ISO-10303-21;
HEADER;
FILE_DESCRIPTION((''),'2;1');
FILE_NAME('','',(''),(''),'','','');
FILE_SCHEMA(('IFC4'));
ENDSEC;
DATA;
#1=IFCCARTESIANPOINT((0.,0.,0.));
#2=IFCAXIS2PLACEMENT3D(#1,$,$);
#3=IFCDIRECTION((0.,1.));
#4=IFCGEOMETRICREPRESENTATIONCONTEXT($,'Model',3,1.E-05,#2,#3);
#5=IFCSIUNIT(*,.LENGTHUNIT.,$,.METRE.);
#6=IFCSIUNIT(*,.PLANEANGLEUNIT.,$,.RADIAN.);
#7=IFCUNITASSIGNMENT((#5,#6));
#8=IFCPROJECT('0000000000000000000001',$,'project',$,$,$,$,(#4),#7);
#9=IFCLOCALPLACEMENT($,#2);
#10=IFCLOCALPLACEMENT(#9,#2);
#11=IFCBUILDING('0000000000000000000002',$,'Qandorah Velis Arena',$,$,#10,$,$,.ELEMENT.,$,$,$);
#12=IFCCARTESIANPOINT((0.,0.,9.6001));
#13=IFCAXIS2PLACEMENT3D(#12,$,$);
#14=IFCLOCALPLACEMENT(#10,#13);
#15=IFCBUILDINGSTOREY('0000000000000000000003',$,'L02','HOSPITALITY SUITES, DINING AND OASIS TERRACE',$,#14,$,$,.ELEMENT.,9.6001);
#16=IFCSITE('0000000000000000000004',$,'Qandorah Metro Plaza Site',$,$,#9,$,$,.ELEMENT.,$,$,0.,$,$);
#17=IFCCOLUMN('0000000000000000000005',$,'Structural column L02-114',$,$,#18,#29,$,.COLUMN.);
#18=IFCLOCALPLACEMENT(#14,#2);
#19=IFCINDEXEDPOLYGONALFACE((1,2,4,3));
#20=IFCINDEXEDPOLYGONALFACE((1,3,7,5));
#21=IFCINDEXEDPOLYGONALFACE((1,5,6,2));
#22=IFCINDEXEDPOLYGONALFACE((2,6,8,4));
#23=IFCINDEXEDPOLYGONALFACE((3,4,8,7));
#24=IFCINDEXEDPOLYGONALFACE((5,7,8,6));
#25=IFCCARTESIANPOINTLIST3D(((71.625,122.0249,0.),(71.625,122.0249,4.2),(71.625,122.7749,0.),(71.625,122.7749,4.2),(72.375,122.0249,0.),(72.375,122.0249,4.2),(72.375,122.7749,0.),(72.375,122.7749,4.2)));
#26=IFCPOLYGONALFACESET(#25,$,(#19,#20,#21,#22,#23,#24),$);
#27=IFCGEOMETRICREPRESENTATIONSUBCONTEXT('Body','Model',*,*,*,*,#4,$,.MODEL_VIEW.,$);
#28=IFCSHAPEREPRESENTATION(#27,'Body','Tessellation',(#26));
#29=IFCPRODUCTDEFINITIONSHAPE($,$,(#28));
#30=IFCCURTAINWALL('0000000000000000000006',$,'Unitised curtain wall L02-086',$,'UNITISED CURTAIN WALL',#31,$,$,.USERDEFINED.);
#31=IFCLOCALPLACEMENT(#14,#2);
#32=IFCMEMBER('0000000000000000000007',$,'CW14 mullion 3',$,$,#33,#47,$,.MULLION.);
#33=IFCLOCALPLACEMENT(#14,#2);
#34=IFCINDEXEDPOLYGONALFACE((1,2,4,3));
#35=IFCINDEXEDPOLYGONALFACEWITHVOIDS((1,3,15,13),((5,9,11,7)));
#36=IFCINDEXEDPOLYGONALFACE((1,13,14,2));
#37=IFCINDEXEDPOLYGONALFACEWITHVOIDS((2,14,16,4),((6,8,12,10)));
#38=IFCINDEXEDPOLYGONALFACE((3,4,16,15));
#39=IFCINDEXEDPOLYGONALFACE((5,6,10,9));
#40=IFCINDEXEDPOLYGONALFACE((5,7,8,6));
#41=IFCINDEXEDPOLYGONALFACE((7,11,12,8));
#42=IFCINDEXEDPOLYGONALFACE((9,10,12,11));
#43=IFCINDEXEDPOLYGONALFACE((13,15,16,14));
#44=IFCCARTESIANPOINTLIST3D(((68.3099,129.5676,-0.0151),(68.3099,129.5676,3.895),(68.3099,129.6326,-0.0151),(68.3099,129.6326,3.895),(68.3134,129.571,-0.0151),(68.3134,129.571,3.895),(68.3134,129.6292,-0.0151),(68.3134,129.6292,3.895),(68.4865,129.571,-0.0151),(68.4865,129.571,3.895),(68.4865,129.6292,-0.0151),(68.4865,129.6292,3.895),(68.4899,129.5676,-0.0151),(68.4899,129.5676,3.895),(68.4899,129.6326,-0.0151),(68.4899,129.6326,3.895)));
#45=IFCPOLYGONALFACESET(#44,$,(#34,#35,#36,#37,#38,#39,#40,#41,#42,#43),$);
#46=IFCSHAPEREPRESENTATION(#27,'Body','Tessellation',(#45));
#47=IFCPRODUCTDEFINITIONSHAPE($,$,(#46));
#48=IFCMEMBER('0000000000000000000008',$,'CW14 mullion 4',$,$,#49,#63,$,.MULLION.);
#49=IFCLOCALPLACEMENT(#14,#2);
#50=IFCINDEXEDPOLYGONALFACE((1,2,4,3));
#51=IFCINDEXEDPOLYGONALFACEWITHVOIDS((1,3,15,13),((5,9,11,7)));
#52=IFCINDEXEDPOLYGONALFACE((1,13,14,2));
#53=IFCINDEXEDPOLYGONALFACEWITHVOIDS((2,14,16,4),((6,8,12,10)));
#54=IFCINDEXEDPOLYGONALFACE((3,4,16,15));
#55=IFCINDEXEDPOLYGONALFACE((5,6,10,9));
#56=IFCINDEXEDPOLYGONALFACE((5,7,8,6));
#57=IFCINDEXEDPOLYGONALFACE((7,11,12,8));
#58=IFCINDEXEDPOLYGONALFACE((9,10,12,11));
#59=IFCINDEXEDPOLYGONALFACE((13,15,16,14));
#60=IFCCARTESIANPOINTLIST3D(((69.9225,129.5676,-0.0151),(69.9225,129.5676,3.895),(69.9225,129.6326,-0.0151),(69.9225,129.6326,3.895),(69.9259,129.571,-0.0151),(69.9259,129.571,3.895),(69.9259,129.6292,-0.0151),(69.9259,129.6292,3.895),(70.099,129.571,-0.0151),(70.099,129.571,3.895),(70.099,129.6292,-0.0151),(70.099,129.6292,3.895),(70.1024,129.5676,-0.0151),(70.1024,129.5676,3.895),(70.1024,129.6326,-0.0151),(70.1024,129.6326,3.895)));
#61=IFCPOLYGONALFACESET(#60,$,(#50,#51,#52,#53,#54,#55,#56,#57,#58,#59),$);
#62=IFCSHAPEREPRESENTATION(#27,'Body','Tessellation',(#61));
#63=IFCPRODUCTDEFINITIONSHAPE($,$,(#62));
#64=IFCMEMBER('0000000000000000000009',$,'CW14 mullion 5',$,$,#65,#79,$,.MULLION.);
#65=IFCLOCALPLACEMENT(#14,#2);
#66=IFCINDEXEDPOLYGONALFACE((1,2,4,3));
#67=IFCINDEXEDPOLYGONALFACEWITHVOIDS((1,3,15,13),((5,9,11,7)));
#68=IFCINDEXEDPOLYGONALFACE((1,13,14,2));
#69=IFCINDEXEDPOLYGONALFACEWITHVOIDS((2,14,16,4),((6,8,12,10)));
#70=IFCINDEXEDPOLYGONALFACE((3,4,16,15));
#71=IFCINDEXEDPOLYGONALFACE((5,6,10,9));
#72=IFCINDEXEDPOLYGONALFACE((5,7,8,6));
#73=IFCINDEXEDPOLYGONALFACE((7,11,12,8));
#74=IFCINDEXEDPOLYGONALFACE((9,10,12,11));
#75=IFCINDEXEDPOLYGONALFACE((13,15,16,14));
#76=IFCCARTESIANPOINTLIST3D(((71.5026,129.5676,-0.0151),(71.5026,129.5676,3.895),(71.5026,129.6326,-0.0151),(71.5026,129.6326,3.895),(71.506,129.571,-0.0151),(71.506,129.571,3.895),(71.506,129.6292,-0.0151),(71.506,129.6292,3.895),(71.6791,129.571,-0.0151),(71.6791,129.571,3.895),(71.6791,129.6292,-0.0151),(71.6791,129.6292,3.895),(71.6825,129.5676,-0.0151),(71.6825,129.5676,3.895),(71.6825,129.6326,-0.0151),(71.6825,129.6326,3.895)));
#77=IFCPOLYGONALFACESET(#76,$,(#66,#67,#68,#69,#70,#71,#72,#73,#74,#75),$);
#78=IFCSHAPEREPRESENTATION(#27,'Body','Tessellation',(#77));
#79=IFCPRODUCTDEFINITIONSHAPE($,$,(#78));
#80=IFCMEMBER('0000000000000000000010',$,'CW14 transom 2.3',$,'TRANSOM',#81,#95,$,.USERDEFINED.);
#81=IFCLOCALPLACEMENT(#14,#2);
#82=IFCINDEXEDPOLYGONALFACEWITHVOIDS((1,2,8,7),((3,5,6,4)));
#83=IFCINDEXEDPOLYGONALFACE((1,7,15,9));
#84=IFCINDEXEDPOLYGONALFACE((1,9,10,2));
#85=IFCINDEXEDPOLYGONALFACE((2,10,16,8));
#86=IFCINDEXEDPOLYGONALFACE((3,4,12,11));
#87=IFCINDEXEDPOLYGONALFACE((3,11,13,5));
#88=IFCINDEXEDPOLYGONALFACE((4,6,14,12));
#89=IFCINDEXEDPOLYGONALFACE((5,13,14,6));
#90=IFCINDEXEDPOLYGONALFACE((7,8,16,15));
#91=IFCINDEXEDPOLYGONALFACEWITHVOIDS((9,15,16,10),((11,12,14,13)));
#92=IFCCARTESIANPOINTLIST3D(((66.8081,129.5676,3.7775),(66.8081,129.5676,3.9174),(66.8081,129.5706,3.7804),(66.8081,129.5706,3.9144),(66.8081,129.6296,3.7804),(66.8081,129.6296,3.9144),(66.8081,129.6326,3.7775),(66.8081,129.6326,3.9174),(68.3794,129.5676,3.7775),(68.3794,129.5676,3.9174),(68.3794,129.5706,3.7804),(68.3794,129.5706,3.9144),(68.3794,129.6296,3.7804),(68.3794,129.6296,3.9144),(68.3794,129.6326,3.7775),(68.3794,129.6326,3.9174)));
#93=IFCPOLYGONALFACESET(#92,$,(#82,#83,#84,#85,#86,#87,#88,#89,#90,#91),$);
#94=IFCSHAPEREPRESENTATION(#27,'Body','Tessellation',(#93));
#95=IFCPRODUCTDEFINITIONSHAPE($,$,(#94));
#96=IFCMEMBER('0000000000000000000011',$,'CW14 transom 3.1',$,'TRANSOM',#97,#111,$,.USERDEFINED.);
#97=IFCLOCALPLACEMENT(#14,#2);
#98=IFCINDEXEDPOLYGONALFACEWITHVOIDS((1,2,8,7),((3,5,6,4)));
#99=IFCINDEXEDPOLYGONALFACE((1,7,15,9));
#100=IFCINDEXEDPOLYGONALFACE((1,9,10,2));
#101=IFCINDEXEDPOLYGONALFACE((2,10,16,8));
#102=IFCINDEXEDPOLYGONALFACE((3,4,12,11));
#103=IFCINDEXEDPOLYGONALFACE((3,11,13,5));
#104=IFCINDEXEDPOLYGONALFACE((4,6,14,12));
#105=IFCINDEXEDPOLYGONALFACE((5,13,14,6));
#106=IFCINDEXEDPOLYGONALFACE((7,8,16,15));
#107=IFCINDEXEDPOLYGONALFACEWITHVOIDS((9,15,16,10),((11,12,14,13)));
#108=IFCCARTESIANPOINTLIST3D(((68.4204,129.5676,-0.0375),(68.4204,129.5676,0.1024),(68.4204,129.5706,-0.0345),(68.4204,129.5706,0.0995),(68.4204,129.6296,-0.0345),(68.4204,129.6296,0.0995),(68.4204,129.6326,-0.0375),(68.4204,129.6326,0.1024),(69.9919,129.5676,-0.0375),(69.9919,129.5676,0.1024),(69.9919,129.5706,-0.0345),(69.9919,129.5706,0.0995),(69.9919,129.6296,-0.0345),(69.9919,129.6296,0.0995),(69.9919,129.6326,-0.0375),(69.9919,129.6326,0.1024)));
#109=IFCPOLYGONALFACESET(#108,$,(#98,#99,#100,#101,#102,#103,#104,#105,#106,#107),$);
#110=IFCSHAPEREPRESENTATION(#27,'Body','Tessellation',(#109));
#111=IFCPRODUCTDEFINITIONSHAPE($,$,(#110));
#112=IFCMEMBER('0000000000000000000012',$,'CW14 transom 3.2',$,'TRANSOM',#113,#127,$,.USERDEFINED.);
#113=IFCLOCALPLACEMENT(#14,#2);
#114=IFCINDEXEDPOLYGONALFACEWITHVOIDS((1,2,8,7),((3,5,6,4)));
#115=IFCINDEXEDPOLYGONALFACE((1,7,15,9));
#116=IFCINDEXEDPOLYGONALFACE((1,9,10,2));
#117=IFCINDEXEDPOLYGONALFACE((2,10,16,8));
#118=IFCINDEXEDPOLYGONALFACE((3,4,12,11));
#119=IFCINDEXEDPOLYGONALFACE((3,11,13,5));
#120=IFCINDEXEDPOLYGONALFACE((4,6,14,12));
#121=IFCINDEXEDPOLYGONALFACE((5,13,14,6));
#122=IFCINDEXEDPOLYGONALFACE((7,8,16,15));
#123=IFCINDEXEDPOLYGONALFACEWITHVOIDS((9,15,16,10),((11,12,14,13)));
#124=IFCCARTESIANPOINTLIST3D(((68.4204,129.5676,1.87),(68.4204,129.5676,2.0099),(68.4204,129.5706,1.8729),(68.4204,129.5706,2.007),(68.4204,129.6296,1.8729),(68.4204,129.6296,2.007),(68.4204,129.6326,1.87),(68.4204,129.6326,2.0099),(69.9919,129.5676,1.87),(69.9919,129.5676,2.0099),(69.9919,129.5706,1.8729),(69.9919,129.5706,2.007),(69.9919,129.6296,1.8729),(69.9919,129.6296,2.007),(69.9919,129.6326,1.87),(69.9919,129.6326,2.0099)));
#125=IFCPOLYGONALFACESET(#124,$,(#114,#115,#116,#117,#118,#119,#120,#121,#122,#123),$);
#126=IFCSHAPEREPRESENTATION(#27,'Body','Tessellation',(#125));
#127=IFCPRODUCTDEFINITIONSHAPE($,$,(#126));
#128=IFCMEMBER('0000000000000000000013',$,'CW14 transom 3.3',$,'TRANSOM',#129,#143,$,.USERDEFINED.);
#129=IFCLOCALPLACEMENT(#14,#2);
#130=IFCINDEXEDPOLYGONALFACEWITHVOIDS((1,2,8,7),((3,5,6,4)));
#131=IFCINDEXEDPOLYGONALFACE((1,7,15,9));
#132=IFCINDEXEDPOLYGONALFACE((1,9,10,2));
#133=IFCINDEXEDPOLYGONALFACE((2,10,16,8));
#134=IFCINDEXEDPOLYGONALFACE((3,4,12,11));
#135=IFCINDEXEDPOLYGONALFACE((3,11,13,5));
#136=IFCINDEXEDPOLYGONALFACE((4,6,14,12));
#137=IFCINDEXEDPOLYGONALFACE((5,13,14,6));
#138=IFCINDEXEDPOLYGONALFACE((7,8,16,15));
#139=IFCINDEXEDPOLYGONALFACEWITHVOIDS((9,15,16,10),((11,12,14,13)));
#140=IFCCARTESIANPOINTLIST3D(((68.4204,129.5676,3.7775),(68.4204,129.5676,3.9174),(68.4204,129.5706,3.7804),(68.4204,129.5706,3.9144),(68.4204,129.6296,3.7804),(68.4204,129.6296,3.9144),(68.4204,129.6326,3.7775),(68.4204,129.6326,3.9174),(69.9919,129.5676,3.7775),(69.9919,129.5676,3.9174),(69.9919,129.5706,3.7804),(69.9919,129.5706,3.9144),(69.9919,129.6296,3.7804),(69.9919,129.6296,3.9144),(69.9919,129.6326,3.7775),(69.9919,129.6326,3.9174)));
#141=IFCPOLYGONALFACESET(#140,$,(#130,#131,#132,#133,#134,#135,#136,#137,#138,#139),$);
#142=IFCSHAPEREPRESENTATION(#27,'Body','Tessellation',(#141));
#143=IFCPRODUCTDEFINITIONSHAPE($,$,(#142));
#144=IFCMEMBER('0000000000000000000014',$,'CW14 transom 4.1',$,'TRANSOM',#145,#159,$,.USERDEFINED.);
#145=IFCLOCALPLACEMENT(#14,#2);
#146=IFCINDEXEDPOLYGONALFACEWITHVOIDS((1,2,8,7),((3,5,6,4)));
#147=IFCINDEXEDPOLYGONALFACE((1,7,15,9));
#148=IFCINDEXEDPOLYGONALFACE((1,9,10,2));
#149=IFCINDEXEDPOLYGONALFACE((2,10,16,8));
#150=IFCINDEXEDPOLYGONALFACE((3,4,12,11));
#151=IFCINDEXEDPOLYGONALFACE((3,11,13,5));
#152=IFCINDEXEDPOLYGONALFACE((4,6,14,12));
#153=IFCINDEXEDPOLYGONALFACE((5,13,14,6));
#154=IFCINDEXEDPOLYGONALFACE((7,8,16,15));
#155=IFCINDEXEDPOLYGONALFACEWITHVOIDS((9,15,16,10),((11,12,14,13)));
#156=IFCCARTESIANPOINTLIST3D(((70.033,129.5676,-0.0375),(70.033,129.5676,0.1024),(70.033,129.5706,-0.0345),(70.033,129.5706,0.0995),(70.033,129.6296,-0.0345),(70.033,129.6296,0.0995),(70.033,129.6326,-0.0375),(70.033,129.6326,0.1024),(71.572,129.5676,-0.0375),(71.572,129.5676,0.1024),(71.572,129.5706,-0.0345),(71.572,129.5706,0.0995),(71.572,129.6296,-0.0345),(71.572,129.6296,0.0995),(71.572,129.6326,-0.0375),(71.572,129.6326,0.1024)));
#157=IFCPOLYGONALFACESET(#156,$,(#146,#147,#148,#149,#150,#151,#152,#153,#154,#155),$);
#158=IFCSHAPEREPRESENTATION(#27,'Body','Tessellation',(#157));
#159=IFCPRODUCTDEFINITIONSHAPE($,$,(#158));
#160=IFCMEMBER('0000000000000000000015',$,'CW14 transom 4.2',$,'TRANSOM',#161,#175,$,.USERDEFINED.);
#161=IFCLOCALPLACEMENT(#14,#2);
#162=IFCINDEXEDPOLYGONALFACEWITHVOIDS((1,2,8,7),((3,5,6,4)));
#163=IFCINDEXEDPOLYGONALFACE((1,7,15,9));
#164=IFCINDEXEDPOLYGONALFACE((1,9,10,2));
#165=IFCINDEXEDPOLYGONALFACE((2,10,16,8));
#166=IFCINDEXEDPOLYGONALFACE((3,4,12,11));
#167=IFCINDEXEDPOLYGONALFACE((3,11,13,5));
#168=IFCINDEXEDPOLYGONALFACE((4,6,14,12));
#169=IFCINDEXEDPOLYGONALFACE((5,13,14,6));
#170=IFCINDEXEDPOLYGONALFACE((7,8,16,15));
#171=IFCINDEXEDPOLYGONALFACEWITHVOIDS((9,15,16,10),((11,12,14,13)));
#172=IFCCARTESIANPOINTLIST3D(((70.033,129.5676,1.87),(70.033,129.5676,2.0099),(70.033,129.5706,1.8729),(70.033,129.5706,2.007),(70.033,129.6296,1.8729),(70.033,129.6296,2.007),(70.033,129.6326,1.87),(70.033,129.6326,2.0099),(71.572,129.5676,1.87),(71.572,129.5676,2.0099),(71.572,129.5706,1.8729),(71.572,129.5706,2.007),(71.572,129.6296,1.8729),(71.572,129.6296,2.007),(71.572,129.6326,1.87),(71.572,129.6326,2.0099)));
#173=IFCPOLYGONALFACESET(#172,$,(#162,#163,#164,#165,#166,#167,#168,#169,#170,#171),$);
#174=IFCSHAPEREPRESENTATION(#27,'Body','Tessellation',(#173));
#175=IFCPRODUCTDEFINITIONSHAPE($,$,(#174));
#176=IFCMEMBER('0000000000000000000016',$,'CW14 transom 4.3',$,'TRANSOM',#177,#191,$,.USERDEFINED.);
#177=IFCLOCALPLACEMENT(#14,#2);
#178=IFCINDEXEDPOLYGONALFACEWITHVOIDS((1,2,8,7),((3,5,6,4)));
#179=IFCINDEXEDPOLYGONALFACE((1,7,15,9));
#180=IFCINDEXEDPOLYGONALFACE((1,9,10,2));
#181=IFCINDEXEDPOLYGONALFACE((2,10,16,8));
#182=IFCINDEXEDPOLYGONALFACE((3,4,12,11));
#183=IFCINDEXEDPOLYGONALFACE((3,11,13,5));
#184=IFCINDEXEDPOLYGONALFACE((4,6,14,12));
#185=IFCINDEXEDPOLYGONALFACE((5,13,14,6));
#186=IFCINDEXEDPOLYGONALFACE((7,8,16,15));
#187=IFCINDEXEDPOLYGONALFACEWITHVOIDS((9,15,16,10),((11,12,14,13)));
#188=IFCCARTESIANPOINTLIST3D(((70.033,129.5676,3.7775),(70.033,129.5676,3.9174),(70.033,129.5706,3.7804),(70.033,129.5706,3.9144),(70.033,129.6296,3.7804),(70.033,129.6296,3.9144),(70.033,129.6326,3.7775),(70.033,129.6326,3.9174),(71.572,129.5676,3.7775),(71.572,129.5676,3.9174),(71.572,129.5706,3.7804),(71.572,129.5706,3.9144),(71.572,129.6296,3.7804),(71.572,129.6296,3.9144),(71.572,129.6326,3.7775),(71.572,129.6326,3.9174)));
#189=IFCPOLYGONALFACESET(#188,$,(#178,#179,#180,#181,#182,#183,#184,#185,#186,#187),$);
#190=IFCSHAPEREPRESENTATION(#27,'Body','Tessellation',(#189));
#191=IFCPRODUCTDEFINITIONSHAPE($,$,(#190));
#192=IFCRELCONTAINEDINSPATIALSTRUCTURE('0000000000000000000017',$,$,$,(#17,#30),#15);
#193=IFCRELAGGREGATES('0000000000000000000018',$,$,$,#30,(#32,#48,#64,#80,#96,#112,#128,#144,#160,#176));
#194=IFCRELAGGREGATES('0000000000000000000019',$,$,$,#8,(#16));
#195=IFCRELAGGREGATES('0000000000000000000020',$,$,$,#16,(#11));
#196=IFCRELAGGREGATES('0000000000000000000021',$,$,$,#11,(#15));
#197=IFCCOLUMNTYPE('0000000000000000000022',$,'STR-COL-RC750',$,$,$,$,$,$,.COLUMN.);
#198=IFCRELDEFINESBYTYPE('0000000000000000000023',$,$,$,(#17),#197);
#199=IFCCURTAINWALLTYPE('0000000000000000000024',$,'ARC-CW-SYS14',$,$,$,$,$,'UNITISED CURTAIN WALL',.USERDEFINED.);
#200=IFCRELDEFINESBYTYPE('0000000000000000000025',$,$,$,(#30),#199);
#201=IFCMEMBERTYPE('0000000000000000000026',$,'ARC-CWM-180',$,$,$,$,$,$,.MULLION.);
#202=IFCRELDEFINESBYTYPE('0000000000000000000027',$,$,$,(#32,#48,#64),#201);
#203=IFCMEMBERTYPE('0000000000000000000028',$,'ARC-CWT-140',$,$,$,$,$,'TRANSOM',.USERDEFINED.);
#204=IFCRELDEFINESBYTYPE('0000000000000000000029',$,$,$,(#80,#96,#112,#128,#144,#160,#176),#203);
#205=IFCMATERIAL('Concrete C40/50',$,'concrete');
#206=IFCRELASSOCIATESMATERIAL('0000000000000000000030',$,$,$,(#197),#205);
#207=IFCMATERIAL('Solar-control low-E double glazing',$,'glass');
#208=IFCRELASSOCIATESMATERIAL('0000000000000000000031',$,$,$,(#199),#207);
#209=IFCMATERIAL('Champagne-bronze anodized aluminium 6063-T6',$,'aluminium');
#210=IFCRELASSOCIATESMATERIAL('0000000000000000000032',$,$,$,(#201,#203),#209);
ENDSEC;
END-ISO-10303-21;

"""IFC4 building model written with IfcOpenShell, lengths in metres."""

from ifc_helpers import new_model, si_unit, direction, frame, origin, origin_2d, place, context, subcontext, project, spatial, rectangle, hollow_rectangle, extrude, material, material_profile, profile_set, type_object, element, aggregate, save


model = new_model("IFC4")

# Units and contexts
model_context = context("Model", 3, precision=1e-05, world=origin(), true_north=direction((0.0, 1.0)))
body_context = subcontext(model_context, "Body", "Model", "MODEL_VIEW")
ifc_project = project(units=[si_unit("LENGTHUNIT", "METRE"), si_unit("PLANEANGLEUNIT", "RADIAN")], contexts=[model_context])

# Site, building, storey
site_placement = place(None, origin())
site = spatial("IfcSite", under=ifc_project, at=site_placement, Name="Qandorah Metro Plaza Site", CompositionType="ELEMENT", RefElevation=0.0)
building_placement = place(site_placement, origin())
building = spatial("IfcBuilding", under=site, at=building_placement, Name="Qandorah Velis Arena", CompositionType="ELEMENT")
storey_placement = place(building_placement, frame((0.0, 0.0, 9.6001)))
storey = spatial("IfcBuildingStorey", under=building, at=storey_placement, Name="L02", Description="HOSPITALITY SUITES, DINING AND OASIS TERRACE", CompositionType="ELEMENT", Elevation=9.6001)

# Column
ifc_material_1 = material(Name="Concrete C40/50", Category="concrete")
ifc_material_profile_1 = material_profile(ifc_material_1, rectangle(XDim=0.75, YDim=0.75, at=origin_2d()), Name="RC COL 750x750")
ifc_profile_set_1 = profile_set([ifc_material_profile_1], Name="Concrete C40/50")
column_type = type_object("IfcColumnType", Name="STR-COL-RC750", PredefinedType="COLUMN", material=ifc_profile_set_1)
column_placement = place(storey_placement, frame((72.0, 122.3999, 0.0), z_axis=(0.0, 0.0, 1.0), x_axis=(1.0, 0.0, 0.0)))
element("IfcColumn", 1, at=column_placement, inside=storey, type_object=column_type, Name="Structural column L02-114", PredefinedType="COLUMN", context=body_context, shape_type="SweptSolid", body=[
    extrude(rectangle(XDim=0.75, YDim=0.75, at=origin_2d()), origin(), (0.0, 0.0, 1.0), 4.2),
])

# Curtain wall, members
ifc_material_2 = material(Name="Solar-control low-E double glazing", Category="glass")
curtain_wall_type = type_object("IfcCurtainWallType", Name="ARC-CW-SYS14", ElementType="UNITISED CURTAIN WALL", PredefinedType="USERDEFINED", material=ifc_material_2)
curtain_wall_placement = place(storey_placement, origin())
curtain_wall = element("IfcCurtainWall", 2, at=curtain_wall_placement, inside=storey, type_object=curtain_wall_type, Name="Unitised curtain wall L02-086", ObjectType="UNITISED CURTAIN WALL", PredefinedType="USERDEFINED")
ifc_material_3 = material(Name="Champagne-bronze anodized aluminium 6063-T6", Category="aluminium")
ifc_material_profile_2 = material_profile(ifc_material_3, hollow_rectangle(XDim=0.0649, YDim=0.1799, WallThickness=0.0034, at=origin_2d()), Name="ALU MULLION 65x180")
ifc_profile_set_2 = profile_set([ifc_material_profile_2], Name="Champagne-bronze anodized aluminium 6063-T6")
member_type_1 = type_object("IfcMemberType", Name="ARC-CWM-180", PredefinedType="MULLION", material=ifc_profile_set_2)
member_1_placement = place(storey_placement, frame((68.3999, 129.6001, -0.0151), z_axis=(0.0, 0.0, 1.0), x_axis=(0.0, 1.0, 0.0)))
member_1 = element("IfcMember", 3, at=member_1_placement, type_object=member_type_1, Name="CW14 mullion 3", PredefinedType="MULLION", context=body_context, shape_type="SweptSolid", body=[
    extrude(hollow_rectangle(XDim=0.0649, YDim=0.1799, WallThickness=0.0034, at=origin_2d()), origin(), (0.0, 0.0, 1.0), 3.9102),
])
member_2_placement = place(storey_placement, frame((70.0125, 129.6001, -0.0151), z_axis=(0.0, 0.0, 1.0), x_axis=(0.0, 1.0, 0.0)))
member_2 = element("IfcMember", 4, at=member_2_placement, type_object=member_type_1, Name="CW14 mullion 4", PredefinedType="MULLION", context=body_context, shape_type="SweptSolid", body=[
    extrude(hollow_rectangle(XDim=0.0649, YDim=0.1799, WallThickness=0.0034, at=origin_2d()), origin(), (0.0, 0.0, 1.0), 3.9102),
])
member_3_placement = place(storey_placement, frame((71.5925, 129.6001, -0.0151), z_axis=(0.0, 0.0, 1.0), x_axis=(0.0, 1.0, 0.0)))
member_3 = element("IfcMember", 5, at=member_3_placement, type_object=member_type_1, Name="CW14 mullion 5", PredefinedType="MULLION", context=body_context, shape_type="SweptSolid", body=[
    extrude(hollow_rectangle(XDim=0.0649, YDim=0.1799, WallThickness=0.0034, at=origin_2d()), origin(), (0.0, 0.0, 1.0), 3.9102),
])
ifc_material_profile_3 = material_profile(ifc_material_3, hollow_rectangle(XDim=0.0649, YDim=0.1399, WallThickness=0.0029, at=origin_2d()), Name="ALU TRANSOM 65x140")
ifc_profile_set_3 = profile_set([ifc_material_profile_3], Name="Champagne-bronze anodized aluminium 6063-T6")
member_type_2 = type_object("IfcMemberType", Name="ARC-CWT-140", ElementType="TRANSOM", PredefinedType="USERDEFINED", material=ifc_profile_set_3)
member_4_placement = place(storey_placement, frame((66.8081, 129.6001, 3.8474), z_axis=(1.0, 0.0, 0.0), x_axis=(0.0, 1.0, 0.0)))
member_4 = element("IfcMember", 6, at=member_4_placement, type_object=member_type_2, Name="CW14 transom 2.3", ObjectType="TRANSOM", PredefinedType="USERDEFINED", context=body_context, shape_type="SweptSolid", body=[
    extrude(hollow_rectangle(XDim=0.0649, YDim=0.1399, WallThickness=0.0029, at=origin_2d()), origin(), (0.0, 0.0, 1.0), 1.5713),
])
member_5_placement = place(storey_placement, frame((68.4204, 129.6001, 0.0325), z_axis=(1.0, 0.0, 0.0), x_axis=(0.0, 1.0, 0.0)))
member_5 = element("IfcMember", 7, at=member_5_placement, type_object=member_type_2, Name="CW14 transom 3.1", ObjectType="TRANSOM", PredefinedType="USERDEFINED", context=body_context, shape_type="SweptSolid", body=[
    extrude(hollow_rectangle(XDim=0.0649, YDim=0.1399, WallThickness=0.0029, at=origin_2d()), origin(), (0.0, 0.0, 1.0), 1.5715),
])
member_6_placement = place(storey_placement, frame((68.4204, 129.6001, 1.9399), z_axis=(1.0, 0.0, 0.0), x_axis=(0.0, 1.0, 0.0)))
member_6 = element("IfcMember", 8, at=member_6_placement, type_object=member_type_2, Name="CW14 transom 3.2", ObjectType="TRANSOM", PredefinedType="USERDEFINED", context=body_context, shape_type="SweptSolid", body=[
    extrude(hollow_rectangle(XDim=0.0649, YDim=0.1399, WallThickness=0.0029, at=origin_2d()), origin(), (0.0, 0.0, 1.0), 1.5715),
])
member_7_placement = place(storey_placement, frame((68.4204, 129.6001, 3.8474), z_axis=(1.0, 0.0, 0.0), x_axis=(0.0, 1.0, 0.0)))
member_7 = element("IfcMember", 9, at=member_7_placement, type_object=member_type_2, Name="CW14 transom 3.3", ObjectType="TRANSOM", PredefinedType="USERDEFINED", context=body_context, shape_type="SweptSolid", body=[
    extrude(hollow_rectangle(XDim=0.0649, YDim=0.1399, WallThickness=0.0029, at=origin_2d()), origin(), (0.0, 0.0, 1.0), 1.5715),
])
member_8_placement = place(storey_placement, frame((70.033, 129.6001, 0.0325), z_axis=(1.0, 0.0, 0.0), x_axis=(0.0, 1.0, 0.0)))
member_8 = element("IfcMember", 10, at=member_8_placement, type_object=member_type_2, Name="CW14 transom 4.1", ObjectType="TRANSOM", PredefinedType="USERDEFINED", context=body_context, shape_type="SweptSolid", body=[
    extrude(hollow_rectangle(XDim=0.0649, YDim=0.1399, WallThickness=0.0029, at=origin_2d()), origin(), (0.0, 0.0, 1.0), 1.5391),
])
member_9_placement = place(storey_placement, frame((70.033, 129.6001, 1.9399), z_axis=(1.0, 0.0, 0.0), x_axis=(0.0, 1.0, 0.0)))
member_9 = element("IfcMember", 11, at=member_9_placement, type_object=member_type_2, Name="CW14 transom 4.2", ObjectType="TRANSOM", PredefinedType="USERDEFINED", context=body_context, shape_type="SweptSolid", body=[
    extrude(hollow_rectangle(XDim=0.0649, YDim=0.1399, WallThickness=0.0029, at=origin_2d()), origin(), (0.0, 0.0, 1.0), 1.5391),
])
member_10_placement = place(storey_placement, frame((70.033, 129.6001, 3.8474), z_axis=(1.0, 0.0, 0.0), x_axis=(0.0, 1.0, 0.0)))
member_10 = element("IfcMember", 12, at=member_10_placement, type_object=member_type_2, Name="CW14 transom 4.3", ObjectType="TRANSOM", PredefinedType="USERDEFINED", context=body_context, shape_type="SweptSolid", body=[
    extrude(hollow_rectangle(XDim=0.0649, YDim=0.1399, WallThickness=0.0029, at=origin_2d()), origin(), (0.0, 0.0, 1.0), 1.5391),
])
aggregate(curtain_wall, [member_1, member_2, member_3, member_4, member_5, member_6, member_7, member_8, member_9, member_10])

save(model, "model.ifc")
